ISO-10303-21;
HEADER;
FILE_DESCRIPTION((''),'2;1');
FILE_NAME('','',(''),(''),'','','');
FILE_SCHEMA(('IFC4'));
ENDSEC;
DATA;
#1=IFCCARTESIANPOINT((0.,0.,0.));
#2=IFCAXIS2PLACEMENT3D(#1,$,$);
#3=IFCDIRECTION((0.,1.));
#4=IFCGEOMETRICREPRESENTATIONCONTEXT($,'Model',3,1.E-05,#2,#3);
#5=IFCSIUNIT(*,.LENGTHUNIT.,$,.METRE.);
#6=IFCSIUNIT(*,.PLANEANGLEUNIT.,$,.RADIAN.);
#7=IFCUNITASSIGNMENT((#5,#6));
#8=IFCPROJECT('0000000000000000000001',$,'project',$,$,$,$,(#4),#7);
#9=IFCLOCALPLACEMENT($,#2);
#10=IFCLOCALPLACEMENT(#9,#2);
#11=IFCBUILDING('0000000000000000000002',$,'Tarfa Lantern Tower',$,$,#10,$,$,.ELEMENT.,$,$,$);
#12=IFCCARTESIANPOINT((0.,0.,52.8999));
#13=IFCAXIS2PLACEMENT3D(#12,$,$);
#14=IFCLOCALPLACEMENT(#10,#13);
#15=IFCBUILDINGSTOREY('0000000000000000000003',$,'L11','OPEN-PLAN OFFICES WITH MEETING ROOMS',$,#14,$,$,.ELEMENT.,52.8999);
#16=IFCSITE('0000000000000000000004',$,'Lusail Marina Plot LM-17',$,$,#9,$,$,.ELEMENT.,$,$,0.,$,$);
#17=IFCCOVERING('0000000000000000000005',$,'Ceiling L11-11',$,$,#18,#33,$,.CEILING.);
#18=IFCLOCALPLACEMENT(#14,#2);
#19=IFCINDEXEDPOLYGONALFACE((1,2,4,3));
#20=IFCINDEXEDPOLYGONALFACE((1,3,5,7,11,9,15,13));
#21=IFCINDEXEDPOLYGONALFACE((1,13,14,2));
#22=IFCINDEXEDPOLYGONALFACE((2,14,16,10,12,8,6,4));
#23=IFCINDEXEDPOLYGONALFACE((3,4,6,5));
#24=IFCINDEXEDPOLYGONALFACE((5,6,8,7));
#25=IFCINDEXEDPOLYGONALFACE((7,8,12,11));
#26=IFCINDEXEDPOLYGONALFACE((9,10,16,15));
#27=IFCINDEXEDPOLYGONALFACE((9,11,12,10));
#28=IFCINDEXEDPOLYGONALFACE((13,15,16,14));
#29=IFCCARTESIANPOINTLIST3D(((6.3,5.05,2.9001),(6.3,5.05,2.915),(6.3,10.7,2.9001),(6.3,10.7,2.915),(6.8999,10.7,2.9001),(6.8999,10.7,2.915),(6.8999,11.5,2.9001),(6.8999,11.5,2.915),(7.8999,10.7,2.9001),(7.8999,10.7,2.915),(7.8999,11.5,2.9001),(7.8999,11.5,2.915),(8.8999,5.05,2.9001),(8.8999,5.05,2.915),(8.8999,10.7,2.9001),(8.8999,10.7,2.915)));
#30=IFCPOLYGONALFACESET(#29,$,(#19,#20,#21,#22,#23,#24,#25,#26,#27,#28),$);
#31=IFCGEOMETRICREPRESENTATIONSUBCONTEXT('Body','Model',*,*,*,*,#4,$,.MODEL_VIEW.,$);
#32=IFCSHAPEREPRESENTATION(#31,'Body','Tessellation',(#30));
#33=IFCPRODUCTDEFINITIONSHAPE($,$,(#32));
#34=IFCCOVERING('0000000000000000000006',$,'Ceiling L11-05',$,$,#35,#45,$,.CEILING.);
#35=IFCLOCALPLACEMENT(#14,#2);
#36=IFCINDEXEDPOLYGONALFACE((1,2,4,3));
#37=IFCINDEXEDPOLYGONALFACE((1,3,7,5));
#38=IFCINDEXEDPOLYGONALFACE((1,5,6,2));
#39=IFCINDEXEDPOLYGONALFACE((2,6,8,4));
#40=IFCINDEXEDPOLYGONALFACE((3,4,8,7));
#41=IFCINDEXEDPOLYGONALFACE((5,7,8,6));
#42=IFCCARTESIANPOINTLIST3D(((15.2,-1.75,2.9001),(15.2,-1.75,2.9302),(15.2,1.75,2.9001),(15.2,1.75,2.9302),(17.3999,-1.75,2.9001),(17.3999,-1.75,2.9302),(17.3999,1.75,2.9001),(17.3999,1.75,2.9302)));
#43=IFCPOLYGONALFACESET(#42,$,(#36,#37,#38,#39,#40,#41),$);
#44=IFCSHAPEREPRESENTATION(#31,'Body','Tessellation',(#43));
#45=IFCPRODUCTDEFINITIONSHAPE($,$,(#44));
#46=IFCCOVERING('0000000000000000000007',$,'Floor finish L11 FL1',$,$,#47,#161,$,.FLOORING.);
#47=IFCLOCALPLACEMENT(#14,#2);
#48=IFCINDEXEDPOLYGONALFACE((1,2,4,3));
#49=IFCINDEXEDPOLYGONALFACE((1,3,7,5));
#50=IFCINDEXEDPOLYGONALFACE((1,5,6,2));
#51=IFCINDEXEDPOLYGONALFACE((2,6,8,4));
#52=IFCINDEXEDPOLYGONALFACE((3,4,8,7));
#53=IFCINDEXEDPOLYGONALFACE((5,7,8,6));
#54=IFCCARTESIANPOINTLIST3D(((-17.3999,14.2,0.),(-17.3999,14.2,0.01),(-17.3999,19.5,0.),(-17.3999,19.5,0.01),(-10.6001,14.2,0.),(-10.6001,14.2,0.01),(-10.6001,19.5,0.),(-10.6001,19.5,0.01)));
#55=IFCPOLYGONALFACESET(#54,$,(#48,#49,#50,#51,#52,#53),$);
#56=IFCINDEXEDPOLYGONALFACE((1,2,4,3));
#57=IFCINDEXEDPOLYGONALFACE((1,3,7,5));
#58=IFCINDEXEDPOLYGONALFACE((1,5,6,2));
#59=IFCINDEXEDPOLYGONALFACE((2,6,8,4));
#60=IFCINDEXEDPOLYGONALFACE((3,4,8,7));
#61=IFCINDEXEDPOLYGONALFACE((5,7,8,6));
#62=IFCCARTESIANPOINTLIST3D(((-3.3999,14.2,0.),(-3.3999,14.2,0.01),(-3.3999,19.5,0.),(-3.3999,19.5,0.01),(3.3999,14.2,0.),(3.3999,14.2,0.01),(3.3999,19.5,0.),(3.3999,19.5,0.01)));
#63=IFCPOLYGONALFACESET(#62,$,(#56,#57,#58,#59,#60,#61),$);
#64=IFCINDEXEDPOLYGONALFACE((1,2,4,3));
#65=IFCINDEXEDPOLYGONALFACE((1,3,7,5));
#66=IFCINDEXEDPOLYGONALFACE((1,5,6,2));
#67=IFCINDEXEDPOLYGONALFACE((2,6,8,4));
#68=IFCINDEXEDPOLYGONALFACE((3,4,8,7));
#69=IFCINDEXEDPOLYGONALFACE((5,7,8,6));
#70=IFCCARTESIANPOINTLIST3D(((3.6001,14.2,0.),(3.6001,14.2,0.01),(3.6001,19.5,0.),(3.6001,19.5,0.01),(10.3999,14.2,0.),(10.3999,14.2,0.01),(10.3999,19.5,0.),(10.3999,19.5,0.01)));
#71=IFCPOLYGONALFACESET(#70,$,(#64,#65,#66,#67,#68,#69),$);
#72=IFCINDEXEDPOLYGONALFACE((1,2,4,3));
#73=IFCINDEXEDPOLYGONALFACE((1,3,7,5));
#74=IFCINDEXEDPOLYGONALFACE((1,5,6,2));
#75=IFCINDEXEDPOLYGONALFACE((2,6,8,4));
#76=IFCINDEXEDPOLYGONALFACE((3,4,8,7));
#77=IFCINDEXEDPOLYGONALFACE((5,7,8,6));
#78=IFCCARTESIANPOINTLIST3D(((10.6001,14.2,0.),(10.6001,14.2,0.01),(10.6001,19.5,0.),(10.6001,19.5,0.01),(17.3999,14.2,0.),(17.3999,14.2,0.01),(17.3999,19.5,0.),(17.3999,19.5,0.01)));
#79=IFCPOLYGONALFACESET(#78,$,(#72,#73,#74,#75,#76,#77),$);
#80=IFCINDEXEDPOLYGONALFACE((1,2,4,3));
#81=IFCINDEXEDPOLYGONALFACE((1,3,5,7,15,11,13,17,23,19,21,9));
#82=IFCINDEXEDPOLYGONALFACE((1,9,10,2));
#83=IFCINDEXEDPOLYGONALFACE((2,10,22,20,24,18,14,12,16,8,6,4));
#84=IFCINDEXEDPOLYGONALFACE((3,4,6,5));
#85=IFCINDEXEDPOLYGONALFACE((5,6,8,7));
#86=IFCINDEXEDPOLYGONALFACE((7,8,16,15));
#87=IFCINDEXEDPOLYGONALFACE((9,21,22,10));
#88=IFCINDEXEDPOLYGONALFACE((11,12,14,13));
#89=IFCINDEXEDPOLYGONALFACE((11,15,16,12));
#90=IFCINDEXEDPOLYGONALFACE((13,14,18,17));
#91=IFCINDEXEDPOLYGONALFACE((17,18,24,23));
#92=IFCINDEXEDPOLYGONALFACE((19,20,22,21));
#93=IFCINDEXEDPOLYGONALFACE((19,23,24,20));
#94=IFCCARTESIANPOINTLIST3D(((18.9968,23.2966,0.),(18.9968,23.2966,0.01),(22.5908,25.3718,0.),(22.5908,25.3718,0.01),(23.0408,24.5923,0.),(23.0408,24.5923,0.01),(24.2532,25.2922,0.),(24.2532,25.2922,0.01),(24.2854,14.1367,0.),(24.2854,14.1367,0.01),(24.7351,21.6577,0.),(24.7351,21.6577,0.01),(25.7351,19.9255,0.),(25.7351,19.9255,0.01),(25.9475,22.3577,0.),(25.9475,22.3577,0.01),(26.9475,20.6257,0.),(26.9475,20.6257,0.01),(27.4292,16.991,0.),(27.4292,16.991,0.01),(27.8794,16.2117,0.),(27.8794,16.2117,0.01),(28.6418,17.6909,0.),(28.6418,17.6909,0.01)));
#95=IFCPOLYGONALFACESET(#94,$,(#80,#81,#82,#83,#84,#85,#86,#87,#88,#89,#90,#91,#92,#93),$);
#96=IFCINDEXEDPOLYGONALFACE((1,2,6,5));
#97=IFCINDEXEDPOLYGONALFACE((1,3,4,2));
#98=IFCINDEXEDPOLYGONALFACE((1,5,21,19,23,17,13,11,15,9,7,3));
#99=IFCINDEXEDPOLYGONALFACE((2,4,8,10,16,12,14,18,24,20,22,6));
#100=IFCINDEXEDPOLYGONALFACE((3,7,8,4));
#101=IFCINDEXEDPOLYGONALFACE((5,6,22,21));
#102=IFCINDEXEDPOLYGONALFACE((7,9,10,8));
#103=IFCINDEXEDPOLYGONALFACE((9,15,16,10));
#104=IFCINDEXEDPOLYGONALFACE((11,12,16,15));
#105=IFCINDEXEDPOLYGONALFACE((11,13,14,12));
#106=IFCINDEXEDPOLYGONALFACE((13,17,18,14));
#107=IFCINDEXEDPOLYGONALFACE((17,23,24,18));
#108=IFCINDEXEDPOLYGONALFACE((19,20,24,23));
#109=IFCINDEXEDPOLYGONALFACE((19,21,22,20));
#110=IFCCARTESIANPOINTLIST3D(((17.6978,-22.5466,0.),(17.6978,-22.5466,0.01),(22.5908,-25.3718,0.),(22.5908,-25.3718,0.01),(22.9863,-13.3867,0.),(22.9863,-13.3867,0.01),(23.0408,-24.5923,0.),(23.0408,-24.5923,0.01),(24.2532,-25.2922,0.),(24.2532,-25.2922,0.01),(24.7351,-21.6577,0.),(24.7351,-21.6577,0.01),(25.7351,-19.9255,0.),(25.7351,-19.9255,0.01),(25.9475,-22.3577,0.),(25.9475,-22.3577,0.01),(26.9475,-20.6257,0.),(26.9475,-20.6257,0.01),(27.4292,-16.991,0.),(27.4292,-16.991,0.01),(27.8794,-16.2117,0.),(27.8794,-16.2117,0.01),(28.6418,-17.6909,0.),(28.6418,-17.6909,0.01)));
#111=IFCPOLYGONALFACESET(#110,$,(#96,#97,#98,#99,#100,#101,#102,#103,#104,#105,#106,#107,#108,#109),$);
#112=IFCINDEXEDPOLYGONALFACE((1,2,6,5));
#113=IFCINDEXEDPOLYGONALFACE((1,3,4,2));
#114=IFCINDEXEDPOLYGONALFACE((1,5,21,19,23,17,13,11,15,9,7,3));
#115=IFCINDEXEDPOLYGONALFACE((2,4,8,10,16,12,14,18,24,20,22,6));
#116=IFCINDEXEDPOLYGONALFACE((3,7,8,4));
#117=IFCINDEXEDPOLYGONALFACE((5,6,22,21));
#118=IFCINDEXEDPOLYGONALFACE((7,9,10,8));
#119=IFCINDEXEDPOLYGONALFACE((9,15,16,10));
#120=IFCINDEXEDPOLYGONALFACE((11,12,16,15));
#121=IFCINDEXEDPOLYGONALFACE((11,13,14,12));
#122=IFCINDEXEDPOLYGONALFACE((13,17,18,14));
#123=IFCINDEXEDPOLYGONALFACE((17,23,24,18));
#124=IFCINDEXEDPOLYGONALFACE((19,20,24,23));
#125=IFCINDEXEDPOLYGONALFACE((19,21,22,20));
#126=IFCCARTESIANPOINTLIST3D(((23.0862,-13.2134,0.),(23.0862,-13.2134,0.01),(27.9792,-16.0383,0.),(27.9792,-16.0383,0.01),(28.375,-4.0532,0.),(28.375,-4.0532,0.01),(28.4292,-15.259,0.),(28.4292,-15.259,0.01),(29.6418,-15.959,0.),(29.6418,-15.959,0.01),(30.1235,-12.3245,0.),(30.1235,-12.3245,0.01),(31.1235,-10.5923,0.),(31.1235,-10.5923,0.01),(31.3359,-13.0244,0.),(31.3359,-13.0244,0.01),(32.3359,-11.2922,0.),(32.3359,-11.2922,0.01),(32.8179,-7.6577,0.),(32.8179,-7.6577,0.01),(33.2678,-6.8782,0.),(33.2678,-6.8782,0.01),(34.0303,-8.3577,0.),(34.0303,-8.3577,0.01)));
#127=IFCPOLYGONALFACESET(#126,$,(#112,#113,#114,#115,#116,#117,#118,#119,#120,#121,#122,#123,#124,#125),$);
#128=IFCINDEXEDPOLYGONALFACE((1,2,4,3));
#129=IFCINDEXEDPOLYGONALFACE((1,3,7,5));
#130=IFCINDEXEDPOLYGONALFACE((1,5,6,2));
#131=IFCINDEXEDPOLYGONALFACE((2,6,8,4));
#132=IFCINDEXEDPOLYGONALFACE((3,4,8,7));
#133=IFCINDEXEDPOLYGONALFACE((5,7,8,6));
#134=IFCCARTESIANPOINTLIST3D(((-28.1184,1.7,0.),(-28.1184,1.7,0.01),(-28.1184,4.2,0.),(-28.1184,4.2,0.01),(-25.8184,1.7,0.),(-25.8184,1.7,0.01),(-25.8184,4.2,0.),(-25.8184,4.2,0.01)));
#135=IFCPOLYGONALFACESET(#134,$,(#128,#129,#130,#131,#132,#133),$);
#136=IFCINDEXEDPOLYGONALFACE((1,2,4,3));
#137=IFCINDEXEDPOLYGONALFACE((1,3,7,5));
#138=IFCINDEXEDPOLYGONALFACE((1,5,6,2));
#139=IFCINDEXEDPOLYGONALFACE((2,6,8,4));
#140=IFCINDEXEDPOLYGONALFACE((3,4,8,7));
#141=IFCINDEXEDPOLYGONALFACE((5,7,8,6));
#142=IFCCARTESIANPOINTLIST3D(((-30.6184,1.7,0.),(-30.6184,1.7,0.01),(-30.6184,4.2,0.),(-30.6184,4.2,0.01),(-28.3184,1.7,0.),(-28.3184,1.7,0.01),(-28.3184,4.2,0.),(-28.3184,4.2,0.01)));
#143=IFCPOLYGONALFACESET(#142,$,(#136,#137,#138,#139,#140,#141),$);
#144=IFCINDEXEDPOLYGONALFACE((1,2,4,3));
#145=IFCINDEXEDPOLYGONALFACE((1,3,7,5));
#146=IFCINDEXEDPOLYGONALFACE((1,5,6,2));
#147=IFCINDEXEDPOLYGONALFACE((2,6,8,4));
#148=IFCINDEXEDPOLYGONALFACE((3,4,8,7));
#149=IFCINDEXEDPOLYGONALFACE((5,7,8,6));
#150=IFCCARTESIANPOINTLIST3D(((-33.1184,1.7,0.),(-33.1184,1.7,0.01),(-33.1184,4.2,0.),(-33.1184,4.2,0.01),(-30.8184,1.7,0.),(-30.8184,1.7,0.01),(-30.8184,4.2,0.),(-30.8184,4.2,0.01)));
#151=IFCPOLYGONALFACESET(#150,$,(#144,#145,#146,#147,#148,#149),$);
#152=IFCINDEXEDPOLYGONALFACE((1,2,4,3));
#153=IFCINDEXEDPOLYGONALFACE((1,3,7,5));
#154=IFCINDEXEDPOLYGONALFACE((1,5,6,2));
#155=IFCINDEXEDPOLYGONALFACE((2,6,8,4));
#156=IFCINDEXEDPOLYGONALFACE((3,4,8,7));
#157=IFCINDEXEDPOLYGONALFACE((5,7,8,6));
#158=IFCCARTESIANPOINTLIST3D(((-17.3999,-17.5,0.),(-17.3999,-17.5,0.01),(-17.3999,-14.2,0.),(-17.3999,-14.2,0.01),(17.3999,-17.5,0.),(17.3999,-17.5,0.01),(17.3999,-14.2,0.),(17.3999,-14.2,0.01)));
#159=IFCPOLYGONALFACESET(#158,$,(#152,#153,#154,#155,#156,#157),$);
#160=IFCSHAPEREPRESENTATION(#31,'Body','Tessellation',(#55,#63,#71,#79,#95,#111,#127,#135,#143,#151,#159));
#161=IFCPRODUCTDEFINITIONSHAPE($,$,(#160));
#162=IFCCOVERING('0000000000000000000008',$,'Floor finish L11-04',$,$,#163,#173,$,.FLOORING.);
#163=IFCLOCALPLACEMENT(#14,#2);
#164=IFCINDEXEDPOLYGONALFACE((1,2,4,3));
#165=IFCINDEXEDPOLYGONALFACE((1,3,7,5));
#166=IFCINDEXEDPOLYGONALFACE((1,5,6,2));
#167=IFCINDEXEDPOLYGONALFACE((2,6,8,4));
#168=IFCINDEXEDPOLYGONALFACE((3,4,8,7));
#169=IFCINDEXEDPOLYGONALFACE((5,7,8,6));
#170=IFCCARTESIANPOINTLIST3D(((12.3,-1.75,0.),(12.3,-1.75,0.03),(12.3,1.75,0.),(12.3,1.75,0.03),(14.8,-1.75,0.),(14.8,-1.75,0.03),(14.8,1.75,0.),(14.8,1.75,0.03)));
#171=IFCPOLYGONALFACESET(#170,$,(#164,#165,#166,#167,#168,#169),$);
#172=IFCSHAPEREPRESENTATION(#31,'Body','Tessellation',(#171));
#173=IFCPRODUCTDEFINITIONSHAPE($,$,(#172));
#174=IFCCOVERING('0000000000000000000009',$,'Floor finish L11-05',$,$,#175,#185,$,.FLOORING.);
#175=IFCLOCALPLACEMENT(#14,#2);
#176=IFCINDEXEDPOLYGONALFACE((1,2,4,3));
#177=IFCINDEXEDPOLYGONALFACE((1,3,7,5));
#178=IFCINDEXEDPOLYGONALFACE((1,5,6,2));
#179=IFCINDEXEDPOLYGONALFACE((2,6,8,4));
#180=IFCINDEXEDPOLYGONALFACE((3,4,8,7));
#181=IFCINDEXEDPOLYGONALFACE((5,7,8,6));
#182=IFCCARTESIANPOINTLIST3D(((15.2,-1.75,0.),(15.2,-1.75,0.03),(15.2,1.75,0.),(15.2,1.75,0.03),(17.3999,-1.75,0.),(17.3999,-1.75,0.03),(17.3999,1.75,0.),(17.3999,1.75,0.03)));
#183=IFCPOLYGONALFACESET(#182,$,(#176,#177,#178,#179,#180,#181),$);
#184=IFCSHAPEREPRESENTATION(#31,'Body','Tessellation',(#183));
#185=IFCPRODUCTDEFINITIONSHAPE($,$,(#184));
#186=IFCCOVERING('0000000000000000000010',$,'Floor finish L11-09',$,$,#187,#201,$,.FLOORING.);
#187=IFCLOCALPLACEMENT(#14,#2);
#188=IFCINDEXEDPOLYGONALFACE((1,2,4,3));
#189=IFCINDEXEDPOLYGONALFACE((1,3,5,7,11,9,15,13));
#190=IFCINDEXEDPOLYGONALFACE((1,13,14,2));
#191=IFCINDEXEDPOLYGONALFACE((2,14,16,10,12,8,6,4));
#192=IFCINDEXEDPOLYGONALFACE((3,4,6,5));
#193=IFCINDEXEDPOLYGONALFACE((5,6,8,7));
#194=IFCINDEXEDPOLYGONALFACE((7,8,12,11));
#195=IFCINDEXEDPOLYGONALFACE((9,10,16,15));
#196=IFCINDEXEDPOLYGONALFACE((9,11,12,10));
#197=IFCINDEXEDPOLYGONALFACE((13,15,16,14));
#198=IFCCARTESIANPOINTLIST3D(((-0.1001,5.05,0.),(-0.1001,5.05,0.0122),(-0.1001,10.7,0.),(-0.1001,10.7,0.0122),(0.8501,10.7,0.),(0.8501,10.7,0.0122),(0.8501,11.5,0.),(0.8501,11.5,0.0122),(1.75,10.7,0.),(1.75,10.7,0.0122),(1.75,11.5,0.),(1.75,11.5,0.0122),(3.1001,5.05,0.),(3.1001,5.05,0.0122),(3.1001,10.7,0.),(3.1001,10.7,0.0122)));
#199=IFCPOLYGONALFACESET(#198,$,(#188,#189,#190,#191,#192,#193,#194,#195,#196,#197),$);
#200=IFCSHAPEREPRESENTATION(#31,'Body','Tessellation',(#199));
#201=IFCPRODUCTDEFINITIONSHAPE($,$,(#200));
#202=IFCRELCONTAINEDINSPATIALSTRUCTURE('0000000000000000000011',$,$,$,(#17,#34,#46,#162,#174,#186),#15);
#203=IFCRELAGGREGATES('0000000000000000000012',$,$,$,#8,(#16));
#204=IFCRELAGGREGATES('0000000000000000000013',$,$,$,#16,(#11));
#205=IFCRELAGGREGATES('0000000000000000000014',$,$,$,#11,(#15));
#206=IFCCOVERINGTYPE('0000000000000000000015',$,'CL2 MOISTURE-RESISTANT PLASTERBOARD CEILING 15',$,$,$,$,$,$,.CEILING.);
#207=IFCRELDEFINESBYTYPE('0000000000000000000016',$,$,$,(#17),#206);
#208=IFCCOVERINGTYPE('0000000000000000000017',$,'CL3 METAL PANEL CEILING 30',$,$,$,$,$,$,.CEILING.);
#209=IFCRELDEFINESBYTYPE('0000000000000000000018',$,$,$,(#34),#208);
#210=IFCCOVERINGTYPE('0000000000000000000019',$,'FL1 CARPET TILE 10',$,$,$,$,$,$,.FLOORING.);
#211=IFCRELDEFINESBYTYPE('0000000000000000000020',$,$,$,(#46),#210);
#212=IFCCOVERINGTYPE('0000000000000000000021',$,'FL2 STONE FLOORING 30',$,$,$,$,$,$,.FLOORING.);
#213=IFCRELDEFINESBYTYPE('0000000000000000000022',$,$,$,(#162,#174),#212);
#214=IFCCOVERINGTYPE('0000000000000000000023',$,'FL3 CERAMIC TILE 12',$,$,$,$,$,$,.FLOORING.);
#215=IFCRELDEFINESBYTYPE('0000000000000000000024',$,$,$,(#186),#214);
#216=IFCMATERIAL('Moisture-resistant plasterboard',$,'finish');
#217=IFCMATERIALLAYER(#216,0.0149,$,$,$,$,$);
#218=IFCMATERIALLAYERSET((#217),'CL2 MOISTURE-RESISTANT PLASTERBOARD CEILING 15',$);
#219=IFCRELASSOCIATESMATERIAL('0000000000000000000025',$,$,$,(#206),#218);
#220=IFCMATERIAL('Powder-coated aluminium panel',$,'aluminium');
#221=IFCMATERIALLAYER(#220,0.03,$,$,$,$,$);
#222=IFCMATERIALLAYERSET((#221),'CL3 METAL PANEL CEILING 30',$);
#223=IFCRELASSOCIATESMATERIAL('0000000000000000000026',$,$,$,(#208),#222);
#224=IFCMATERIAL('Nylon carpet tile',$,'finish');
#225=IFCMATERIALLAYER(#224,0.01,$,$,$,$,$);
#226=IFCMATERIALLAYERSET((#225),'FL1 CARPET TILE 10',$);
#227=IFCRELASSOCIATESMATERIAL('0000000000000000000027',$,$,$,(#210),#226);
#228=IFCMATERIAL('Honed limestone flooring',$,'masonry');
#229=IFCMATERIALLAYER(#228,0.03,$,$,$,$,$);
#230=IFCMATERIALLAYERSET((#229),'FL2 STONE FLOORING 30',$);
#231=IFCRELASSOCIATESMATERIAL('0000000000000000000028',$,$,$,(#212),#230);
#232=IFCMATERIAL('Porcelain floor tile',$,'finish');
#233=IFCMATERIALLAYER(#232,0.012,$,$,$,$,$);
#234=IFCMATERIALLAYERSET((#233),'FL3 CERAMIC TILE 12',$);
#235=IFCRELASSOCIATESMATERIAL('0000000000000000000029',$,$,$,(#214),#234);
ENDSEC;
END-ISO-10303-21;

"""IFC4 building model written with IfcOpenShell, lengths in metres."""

from ifc_helpers import new_model, si_unit, direction, frame, origin, place, context, subcontext, project, spatial, polyline, outline, extrude, material, layer, layer_set, type_object, element, save


model = new_model("IFC4")

# Units and contexts
model_context = context("Model", 3, precision=1e-05, world=origin(), true_north=direction((0.0, 1.0)))
body_context = subcontext(model_context, "Body", "Model", "MODEL_VIEW")
ifc_project = project(units=[si_unit("LENGTHUNIT", "METRE"), si_unit("PLANEANGLEUNIT", "RADIAN")], contexts=[model_context])

# Site, building, storey
site_placement = place(None, origin())
site = spatial("IfcSite", under=ifc_project, at=site_placement, Name="Lusail Marina Plot LM-17", CompositionType="ELEMENT", RefElevation=0.0)
building_placement = place(site_placement, origin())
building = spatial("IfcBuilding", under=site, at=building_placement, Name="Tarfa Lantern Tower", CompositionType="ELEMENT")
storey_placement = place(building_placement, frame((0.0, 0.0, 52.8999)))
storey = spatial("IfcBuildingStorey", under=building, at=storey_placement, Name="L11", Description="OPEN-PLAN OFFICES WITH MEETING ROOMS", CompositionType="ELEMENT", Elevation=52.8999)

# Coverings
ifc_material_1 = material(Name="Moisture-resistant plasterboard", Category="finish")
ifc_layer_1 = layer(ifc_material_1, 0.0149)
ifc_layer_set_1 = layer_set([ifc_layer_1], Name="CL2 MOISTURE-RESISTANT PLASTERBOARD CEILING 15")
covering_type_1 = type_object("IfcCoveringType", Name="CL2 MOISTURE-RESISTANT PLASTERBOARD CEILING 15", PredefinedType="CEILING", material=ifc_layer_set_1)
covering_1_placement = place(storey_placement, frame((0.0, 0.0, 2.9001)))
element("IfcCovering", 1, at=covering_1_placement, inside=storey, type_object=covering_type_1, Name="Ceiling L11-11", PredefinedType="CEILING", context=body_context, shape_type="SweptSolid", body=[
    extrude(outline(polyline([(6.3, 5.05), (8.8999, 5.05), (8.8999, 10.7), (7.8999, 10.7), (7.8999, 11.5), (6.8999, 11.5), (6.8999, 10.7), (6.3, 10.7), (6.3, 5.05)])), origin(), (0.0, 0.0, 1.0), 0.0149),
])
ifc_material_2 = material(Name="Powder-coated aluminium panel", Category="aluminium")
ifc_layer_2 = layer(ifc_material_2, 0.03)
ifc_layer_set_2 = layer_set([ifc_layer_2], Name="CL3 METAL PANEL CEILING 30")
covering_type_2 = type_object("IfcCoveringType", Name="CL3 METAL PANEL CEILING 30", PredefinedType="CEILING", material=ifc_layer_set_2)
covering_2_placement = place(storey_placement, frame((0.0, 0.0, 2.9001)))
element("IfcCovering", 2, at=covering_2_placement, inside=storey, type_object=covering_type_2, Name="Ceiling L11-05", PredefinedType="CEILING", context=body_context, shape_type="SweptSolid", body=[
    extrude(outline(polyline([(15.2, -1.75), (17.3999, -1.75), (17.3999, 1.75), (15.2, 1.75), (15.2, -1.75)])), origin(), (0.0, 0.0, 1.0), 0.03),
])
ifc_material_3 = material(Name="Nylon carpet tile", Category="finish")
ifc_layer_3 = layer(ifc_material_3, 0.01)
ifc_layer_set_3 = layer_set([ifc_layer_3], Name="FL1 CARPET TILE 10")
covering_type_3 = type_object("IfcCoveringType", Name="FL1 CARPET TILE 10", PredefinedType="FLOORING", material=ifc_layer_set_3)
covering_3_placement = place(storey_placement, origin())
element("IfcCovering", 3, at=covering_3_placement, inside=storey, type_object=covering_type_3, Name="Floor finish L11 FL1", PredefinedType="FLOORING", context=body_context, shape_type="SweptSolid", body=[
    extrude(outline(polyline([(-17.3999, 19.5), (-10.6001, 19.5), (-10.6001, 14.2), (-17.3999, 14.2), (-17.3999, 19.5)])), origin(), (0.0, 0.0, 1.0), 0.01),
    extrude(outline(polyline([(-3.3999, 19.5), (3.3999, 19.5), (3.3999, 14.2), (-3.3999, 14.2), (-3.3999, 19.5)])), origin(), (0.0, 0.0, 1.0), 0.01),
    extrude(outline(polyline([(3.6001, 19.5), (10.3999, 19.5), (10.3999, 14.2), (3.6001, 14.2), (3.6001, 19.5)])), origin(), (0.0, 0.0, 1.0), 0.01),
    extrude(outline(polyline([(10.6001, 19.5), (17.3999, 19.5), (17.3999, 14.2), (10.6001, 14.2), (10.6001, 19.5)])), origin(), (0.0, 0.0, 1.0), 0.01),
    extrude(outline(polyline([(18.9968, 23.2966), (22.5908, 25.3718), (23.0408, 24.5923), (24.2532, 25.2922), (25.9475, 22.3577), (24.7351, 21.6577), (25.7351, 19.9255), (26.9475, 20.6257), (28.6418, 17.6909), (27.4292, 16.991), (27.8794, 16.2117), (24.2854, 14.1367), (18.9968, 23.2966)])), origin(), (0.0, 0.0, 1.0), 0.01),
    extrude(outline(polyline([(22.9863, -13.3867), (27.8794, -16.2117), (27.4292, -16.991), (28.6418, -17.6909), (26.9475, -20.6257), (25.7351, -19.9255), (24.7351, -21.6577), (25.9475, -22.3577), (24.2532, -25.2922), (23.0408, -24.5923), (22.5908, -25.3718), (17.6978, -22.5466), (22.9863, -13.3867)])), origin(), (0.0, 0.0, 1.0), 0.01),
    extrude(outline(polyline([(28.375, -4.0532), (33.2678, -6.8782), (32.8179, -7.6577), (34.0303, -8.3577), (32.3359, -11.2922), (31.1235, -10.5923), (30.1235, -12.3245), (31.3359, -13.0244), (29.6418, -15.959), (28.4292, -15.259), (27.9792, -16.0383), (23.0862, -13.2134), (28.375, -4.0532)])), origin(), (0.0, 0.0, 1.0), 0.01),
    extrude(outline(polyline([(-28.1184, 4.2), (-25.8184, 4.2), (-25.8184, 1.7), (-28.1184, 1.7), (-28.1184, 4.2)])), origin(), (0.0, 0.0, 1.0), 0.01),
    extrude(outline(polyline([(-30.6184, 4.2), (-28.3184, 4.2), (-28.3184, 1.7), (-30.6184, 1.7), (-30.6184, 4.2)])), origin(), (0.0, 0.0, 1.0), 0.01),
    extrude(outline(polyline([(-33.1184, 4.2), (-30.8184, 4.2), (-30.8184, 1.7), (-33.1184, 1.7), (-33.1184, 4.2)])), origin(), (0.0, 0.0, 1.0), 0.01),
    extrude(outline(polyline([(-17.3999, -14.2), (17.3999, -14.2), (17.3999, -17.5), (-17.3999, -17.5), (-17.3999, -14.2)])), origin(), (0.0, 0.0, 1.0), 0.01),
])
ifc_material_4 = material(Name="Honed limestone flooring", Category="masonry")
ifc_layer_4 = layer(ifc_material_4, 0.03)
ifc_layer_set_4 = layer_set([ifc_layer_4], Name="FL2 STONE FLOORING 30")
covering_type_4 = type_object("IfcCoveringType", Name="FL2 STONE FLOORING 30", PredefinedType="FLOORING", material=ifc_layer_set_4)
covering_4_placement = place(storey_placement, origin())
element("IfcCovering", 4, at=covering_4_placement, inside=storey, type_object=covering_type_4, Name="Floor finish L11-04", PredefinedType="FLOORING", context=body_context, shape_type="SweptSolid", body=[
    extrude(outline(polyline([(12.3, -1.75), (14.8, -1.75), (14.8, 1.75), (12.3, 1.75), (12.3, -1.75)])), origin(), (0.0, 0.0, 1.0), 0.03),
])
covering_5_placement = place(storey_placement, origin())
element("IfcCovering", 5, at=covering_5_placement, inside=storey, type_object=covering_type_4, Name="Floor finish L11-05", PredefinedType="FLOORING", context=body_context, shape_type="SweptSolid", body=[
    extrude(outline(polyline([(15.2, -1.75), (17.3999, -1.75), (17.3999, 1.75), (15.2, 1.75), (15.2, -1.75)])), origin(), (0.0, 0.0, 1.0), 0.03),
])
ifc_material_5 = material(Name="Porcelain floor tile", Category="finish")
ifc_layer_5 = layer(ifc_material_5, 0.012)
ifc_layer_set_5 = layer_set([ifc_layer_5], Name="FL3 CERAMIC TILE 12")
covering_type_5 = type_object("IfcCoveringType", Name="FL3 CERAMIC TILE 12", PredefinedType="FLOORING", material=ifc_layer_set_5)
covering_6_placement = place(storey_placement, origin())
element("IfcCovering", 6, at=covering_6_placement, inside=storey, type_object=covering_type_5, Name="Floor finish L11-09", PredefinedType="FLOORING", context=body_context, shape_type="SweptSolid", body=[
    extrude(outline(polyline([(0.8501, 10.7), (-0.1001, 10.7), (-0.1001, 5.05), (3.1001, 5.05), (3.1001, 10.7), (1.75, 10.7), (1.75, 11.5), (0.8501, 11.5), (0.8501, 10.7)])), origin(), (0.0, 0.0, 1.0), 0.0122),
])

save(model, "model.ifc")
